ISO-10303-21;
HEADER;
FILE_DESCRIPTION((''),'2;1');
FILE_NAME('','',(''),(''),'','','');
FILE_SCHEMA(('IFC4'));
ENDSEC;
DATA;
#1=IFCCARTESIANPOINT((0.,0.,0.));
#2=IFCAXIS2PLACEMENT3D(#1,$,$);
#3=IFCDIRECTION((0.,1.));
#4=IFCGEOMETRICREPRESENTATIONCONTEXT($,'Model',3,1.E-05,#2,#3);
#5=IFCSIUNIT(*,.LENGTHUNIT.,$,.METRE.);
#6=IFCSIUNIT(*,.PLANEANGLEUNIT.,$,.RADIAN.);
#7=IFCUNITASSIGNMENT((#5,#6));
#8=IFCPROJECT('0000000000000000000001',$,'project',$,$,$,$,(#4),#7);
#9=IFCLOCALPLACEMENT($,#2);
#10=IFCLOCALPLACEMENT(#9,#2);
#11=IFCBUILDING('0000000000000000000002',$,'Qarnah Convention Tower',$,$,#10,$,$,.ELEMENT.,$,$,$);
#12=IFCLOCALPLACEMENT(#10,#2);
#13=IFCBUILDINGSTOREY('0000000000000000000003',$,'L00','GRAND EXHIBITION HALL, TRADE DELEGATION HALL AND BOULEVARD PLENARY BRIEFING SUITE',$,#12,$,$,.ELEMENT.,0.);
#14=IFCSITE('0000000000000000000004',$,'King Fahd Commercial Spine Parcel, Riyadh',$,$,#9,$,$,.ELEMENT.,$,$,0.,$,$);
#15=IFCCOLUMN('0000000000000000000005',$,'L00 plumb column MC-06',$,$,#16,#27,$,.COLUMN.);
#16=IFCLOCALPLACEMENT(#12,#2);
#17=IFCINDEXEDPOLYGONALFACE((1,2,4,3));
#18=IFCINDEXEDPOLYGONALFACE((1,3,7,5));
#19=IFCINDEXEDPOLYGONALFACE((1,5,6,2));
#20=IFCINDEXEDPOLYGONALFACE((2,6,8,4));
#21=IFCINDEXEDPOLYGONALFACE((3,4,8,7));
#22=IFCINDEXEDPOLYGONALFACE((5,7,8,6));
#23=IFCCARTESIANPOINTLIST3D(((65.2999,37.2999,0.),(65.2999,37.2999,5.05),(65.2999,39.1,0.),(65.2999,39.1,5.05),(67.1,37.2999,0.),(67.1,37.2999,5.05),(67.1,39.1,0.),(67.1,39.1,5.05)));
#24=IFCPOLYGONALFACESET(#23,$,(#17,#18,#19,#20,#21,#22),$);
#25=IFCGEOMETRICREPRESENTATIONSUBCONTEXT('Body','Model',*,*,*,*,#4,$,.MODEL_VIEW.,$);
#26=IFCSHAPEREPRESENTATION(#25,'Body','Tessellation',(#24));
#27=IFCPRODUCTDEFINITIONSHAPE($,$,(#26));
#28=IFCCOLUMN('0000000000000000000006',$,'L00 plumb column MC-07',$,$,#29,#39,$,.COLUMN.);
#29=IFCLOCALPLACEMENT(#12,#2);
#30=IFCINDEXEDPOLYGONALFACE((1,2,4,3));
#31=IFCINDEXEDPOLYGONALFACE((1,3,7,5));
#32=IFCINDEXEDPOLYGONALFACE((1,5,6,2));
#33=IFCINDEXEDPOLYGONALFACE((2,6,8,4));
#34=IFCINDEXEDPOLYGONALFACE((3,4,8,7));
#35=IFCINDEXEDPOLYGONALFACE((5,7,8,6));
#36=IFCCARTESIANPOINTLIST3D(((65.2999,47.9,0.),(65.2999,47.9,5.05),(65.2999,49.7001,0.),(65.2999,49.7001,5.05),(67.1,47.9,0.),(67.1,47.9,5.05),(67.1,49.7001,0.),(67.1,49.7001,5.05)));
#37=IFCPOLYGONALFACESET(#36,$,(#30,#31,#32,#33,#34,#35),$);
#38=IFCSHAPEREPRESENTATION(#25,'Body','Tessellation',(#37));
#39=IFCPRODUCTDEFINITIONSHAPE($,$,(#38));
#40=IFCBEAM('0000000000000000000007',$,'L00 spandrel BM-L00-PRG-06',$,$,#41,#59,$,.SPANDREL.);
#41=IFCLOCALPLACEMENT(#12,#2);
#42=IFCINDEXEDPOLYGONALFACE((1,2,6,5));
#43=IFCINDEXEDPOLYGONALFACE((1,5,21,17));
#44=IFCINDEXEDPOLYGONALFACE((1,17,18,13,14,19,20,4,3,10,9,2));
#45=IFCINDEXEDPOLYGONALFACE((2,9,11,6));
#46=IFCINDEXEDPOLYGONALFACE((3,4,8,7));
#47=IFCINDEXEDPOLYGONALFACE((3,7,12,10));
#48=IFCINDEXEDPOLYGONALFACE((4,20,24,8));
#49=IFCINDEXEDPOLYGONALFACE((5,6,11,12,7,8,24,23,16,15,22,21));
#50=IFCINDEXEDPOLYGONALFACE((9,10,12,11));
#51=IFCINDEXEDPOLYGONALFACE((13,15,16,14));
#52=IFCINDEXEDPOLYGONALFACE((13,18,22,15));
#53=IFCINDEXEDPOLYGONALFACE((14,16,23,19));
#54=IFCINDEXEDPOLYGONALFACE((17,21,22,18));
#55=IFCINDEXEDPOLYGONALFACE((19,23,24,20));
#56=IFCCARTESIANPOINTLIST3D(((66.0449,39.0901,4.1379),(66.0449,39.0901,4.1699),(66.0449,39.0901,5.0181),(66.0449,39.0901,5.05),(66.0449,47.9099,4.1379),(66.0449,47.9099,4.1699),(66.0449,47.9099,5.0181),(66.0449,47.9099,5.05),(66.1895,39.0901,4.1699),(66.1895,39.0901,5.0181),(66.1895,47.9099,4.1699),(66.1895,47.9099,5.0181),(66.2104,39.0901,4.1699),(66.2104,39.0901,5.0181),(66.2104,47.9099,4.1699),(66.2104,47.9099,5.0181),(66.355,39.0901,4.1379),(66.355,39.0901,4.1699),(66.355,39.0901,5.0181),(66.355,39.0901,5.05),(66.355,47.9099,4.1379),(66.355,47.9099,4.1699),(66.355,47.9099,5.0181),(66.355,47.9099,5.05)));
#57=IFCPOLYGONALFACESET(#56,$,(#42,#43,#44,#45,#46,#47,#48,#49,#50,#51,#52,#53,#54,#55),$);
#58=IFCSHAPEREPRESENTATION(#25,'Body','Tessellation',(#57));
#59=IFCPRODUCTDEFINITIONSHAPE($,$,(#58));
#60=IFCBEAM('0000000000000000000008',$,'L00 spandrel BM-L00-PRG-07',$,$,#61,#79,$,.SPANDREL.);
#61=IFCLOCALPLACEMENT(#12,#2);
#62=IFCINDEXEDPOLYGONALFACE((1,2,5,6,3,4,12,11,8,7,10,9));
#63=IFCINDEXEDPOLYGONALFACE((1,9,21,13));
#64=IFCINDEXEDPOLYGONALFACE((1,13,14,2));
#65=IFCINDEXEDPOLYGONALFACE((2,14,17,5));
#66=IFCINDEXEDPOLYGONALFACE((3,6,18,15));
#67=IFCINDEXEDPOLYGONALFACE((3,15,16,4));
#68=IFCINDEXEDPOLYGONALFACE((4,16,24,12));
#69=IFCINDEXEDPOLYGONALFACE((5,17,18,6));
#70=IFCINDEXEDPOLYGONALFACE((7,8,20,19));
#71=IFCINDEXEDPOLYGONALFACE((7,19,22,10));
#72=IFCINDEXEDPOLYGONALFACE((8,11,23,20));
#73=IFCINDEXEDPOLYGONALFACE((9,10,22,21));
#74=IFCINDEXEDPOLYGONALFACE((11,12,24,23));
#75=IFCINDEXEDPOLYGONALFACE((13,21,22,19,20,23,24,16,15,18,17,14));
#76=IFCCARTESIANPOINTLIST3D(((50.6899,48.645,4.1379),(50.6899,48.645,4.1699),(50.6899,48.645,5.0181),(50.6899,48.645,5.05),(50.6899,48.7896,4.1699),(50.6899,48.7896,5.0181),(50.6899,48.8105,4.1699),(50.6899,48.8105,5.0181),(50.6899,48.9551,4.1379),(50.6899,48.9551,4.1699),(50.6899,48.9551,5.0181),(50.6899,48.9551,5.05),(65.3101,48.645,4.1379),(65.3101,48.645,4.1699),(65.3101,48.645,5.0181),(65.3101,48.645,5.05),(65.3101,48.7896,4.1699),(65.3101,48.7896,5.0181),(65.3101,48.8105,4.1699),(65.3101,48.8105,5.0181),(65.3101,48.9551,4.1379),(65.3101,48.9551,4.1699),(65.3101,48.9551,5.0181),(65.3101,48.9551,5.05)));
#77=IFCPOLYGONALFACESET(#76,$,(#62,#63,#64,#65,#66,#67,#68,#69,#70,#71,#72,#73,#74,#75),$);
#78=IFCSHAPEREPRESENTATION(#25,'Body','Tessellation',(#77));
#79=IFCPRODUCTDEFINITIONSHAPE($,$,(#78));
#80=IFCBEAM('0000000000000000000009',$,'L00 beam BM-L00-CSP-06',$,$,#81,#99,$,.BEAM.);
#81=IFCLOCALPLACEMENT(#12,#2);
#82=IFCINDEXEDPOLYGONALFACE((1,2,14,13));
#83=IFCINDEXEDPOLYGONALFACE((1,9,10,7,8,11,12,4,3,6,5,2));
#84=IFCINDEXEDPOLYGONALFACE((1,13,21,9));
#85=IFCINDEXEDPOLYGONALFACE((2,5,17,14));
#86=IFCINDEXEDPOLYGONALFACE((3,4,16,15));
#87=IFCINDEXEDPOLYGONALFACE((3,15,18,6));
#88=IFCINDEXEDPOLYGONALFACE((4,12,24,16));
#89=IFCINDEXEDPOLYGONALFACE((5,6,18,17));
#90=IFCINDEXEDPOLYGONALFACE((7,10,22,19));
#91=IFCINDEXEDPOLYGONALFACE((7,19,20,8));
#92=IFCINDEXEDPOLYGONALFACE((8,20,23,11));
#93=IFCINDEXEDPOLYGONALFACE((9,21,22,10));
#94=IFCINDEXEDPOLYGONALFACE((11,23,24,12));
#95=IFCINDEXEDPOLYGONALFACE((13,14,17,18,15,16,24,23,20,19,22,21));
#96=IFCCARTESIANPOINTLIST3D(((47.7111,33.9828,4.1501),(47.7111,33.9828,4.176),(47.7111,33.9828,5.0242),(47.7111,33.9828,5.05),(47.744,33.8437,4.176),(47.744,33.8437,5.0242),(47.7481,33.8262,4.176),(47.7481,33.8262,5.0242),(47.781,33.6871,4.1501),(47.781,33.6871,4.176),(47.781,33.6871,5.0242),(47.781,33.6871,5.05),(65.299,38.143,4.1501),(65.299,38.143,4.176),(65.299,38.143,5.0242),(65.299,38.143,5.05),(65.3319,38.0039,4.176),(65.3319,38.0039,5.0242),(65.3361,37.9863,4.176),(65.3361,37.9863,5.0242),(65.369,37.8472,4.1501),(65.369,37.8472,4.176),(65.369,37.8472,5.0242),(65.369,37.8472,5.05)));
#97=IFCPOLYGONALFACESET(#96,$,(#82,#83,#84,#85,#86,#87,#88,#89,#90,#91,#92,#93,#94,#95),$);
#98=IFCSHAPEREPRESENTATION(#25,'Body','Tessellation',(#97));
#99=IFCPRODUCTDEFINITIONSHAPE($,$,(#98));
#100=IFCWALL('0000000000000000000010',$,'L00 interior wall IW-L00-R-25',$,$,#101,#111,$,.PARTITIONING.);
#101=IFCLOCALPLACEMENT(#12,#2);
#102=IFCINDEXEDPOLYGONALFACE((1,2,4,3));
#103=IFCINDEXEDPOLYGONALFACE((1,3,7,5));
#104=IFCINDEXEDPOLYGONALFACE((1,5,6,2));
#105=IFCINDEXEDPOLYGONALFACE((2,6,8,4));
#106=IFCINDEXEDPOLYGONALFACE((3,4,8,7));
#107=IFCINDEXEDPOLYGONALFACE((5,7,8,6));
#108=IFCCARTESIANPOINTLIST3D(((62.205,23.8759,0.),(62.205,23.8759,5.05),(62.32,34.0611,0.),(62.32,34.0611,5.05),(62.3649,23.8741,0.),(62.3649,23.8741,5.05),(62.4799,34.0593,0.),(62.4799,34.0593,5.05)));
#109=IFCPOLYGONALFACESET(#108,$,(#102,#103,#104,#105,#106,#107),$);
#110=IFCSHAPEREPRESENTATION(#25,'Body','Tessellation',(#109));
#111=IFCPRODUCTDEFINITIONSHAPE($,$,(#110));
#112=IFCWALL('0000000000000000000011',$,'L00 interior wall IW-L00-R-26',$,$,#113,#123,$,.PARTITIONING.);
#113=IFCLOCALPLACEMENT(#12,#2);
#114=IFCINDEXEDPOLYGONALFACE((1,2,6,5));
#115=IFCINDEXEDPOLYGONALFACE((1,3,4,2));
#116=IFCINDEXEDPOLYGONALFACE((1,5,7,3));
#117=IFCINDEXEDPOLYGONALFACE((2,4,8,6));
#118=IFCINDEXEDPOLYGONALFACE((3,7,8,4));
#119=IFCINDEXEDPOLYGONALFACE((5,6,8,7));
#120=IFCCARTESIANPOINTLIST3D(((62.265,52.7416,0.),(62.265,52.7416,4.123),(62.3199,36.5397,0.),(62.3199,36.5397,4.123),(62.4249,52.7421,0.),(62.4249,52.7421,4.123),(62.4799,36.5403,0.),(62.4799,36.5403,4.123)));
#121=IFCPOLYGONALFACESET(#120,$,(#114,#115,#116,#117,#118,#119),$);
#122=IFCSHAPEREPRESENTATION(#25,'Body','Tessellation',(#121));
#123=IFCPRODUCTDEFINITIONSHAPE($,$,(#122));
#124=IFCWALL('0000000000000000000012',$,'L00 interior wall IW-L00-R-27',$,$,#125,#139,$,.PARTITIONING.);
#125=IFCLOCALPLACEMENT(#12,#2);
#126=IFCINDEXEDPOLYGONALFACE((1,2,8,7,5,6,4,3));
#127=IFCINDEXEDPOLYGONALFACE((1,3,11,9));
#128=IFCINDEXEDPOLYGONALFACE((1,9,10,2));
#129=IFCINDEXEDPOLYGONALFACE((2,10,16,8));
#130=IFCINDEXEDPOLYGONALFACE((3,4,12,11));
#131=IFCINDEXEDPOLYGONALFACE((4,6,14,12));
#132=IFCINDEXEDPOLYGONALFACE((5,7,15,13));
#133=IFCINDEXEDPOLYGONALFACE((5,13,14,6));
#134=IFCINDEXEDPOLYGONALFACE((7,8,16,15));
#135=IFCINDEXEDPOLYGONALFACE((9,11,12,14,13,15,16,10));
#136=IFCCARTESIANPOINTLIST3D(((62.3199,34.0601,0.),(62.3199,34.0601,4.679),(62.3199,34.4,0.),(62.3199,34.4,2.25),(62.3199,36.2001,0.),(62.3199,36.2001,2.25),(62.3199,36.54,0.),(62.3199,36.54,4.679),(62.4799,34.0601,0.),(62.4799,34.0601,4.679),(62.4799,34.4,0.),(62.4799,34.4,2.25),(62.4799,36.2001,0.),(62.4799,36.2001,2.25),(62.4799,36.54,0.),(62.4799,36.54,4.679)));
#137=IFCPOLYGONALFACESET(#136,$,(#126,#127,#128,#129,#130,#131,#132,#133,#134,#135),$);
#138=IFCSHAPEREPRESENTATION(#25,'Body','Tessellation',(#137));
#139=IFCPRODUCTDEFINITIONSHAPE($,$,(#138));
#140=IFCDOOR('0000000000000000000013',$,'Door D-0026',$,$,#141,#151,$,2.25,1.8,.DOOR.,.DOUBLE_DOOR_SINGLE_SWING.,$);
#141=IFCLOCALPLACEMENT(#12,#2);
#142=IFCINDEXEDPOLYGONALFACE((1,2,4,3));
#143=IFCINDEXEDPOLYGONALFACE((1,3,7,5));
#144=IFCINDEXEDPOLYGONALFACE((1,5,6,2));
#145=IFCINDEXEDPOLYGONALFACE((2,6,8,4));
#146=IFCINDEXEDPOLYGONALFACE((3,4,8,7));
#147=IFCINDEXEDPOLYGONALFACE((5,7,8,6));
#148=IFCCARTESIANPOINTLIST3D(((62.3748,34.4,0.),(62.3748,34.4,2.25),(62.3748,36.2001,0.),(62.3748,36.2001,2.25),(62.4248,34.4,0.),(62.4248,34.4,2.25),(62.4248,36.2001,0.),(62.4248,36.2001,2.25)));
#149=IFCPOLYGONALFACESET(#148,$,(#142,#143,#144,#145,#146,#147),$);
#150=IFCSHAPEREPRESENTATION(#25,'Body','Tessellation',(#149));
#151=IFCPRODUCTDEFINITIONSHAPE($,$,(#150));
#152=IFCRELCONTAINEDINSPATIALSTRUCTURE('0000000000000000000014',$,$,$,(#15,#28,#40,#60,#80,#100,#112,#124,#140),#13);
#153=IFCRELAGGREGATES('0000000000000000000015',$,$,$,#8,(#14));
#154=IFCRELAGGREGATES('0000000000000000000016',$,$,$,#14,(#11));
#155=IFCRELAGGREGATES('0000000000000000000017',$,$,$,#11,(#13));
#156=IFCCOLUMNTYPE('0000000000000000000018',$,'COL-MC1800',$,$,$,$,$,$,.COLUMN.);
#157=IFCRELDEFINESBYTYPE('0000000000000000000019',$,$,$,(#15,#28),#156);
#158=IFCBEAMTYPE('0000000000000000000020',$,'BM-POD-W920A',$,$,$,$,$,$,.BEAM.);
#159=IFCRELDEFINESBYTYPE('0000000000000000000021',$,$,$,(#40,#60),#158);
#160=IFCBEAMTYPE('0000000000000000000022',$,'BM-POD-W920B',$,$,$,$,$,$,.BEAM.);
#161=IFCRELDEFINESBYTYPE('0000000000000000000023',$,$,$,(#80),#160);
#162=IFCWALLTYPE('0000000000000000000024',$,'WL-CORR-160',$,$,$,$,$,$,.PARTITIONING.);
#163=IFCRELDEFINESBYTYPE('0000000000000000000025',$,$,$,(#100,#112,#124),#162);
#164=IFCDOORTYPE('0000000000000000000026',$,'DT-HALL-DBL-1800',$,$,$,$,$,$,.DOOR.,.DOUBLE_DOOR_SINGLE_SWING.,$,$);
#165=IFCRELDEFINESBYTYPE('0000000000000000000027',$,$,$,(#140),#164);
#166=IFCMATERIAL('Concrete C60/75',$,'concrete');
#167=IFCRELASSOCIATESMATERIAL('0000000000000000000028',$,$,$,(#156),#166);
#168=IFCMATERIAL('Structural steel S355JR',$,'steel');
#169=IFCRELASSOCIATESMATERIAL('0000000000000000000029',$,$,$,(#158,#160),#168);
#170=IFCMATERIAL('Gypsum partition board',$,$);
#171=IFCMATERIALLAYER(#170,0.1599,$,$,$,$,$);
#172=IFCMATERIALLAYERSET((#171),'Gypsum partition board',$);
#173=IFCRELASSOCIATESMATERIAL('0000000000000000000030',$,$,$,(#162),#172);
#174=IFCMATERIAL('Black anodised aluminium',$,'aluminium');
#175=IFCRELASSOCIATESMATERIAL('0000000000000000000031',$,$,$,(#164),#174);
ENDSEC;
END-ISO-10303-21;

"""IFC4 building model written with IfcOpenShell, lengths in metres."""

from ifc_helpers import new_model, si_unit, direction, frame, frame_2d, origin, origin_2d, place, context, subcontext, project, spatial, rectangle, i_section, extrude, material, layer, layer_set, material_profile, profile_set, type_object, element, fill, save


model = new_model("IFC4")

# Units and contexts
model_context = context("Model", 3, precision=1e-05, world=origin(), true_north=direction((0.0, 1.0)))
body_context = subcontext(model_context, "Body", "Model", "MODEL_VIEW")
ifc_project = project(units=[si_unit("LENGTHUNIT", "METRE"), si_unit("PLANEANGLEUNIT", "RADIAN")], contexts=[model_context])

# Site, building, storey
site_placement = place(None, origin())
site = spatial("IfcSite", under=ifc_project, at=site_placement, Name="King Fahd Commercial Spine Parcel, Riyadh", CompositionType="ELEMENT", RefElevation=0.0)
building_placement = place(site_placement, origin())
building = spatial("IfcBuilding", under=site, at=building_placement, Name="Qarnah Convention Tower", CompositionType="ELEMENT")
storey_placement = place(building_placement, origin())
storey = spatial("IfcBuildingStorey", under=building, at=storey_placement, Name="L00", Description="GRAND EXHIBITION HALL, TRADE DELEGATION HALL AND BOULEVARD PLENARY BRIEFING SUITE", CompositionType="ELEMENT", Elevation=0.0)

# Columns
ifc_material_1 = material(Name="Concrete C60/75", Category="concrete")
ifc_material_profile_1 = material_profile(ifc_material_1, rectangle(XDim=1.8, YDim=1.8, at=origin_2d()), Name="RC-COL-1800X1800")
ifc_profile_set_1 = profile_set([ifc_material_profile_1], Name="Concrete C60/75")
column_type = type_object("IfcColumnType", Name="COL-MC1800", PredefinedType="COLUMN", material=ifc_profile_set_1)
for number, where, z_axis, x_axis, name in (
    (1, (66.2, 38.2, 0.0), (0.0, 0.0, 1.0), (1.0, 0.0, 0.0), "L00 plumb column MC-06"),
    (2, (66.2, 48.8, 0.0), (0.0, 0.0, 1.0), (1.0, 0.0, 0.0), "L00 plumb column MC-07"),
):
    element("IfcColumn", number, at=place(storey_placement, frame(where, z_axis=z_axis, x_axis=x_axis)), inside=storey, type_object=column_type, Name=name, PredefinedType="COLUMN", context=body_context, shape_type="SweptSolid", body=[
        extrude(rectangle(XDim=1.8, YDim=1.8, at=origin_2d()), origin(), (0.0, 0.0, 1.0), 5.05),
    ])

# Beams
ifc_material_2 = material(Name="Structural steel S355JR", Category="steel")
ifc_material_profile_2 = material_profile(ifc_material_2, i_section(OverallWidth=0.3101, OverallDepth=0.9121, WebThickness=0.021, FlangeThickness=0.032, at=origin_2d()), Name="W920X342")
ifc_profile_set_2 = profile_set([ifc_material_profile_2], Name="Structural steel S355JR")
beam_type_1 = type_object("IfcBeamType", Name="BM-POD-W920A", PredefinedType="BEAM", material=ifc_profile_set_2)
beam_1_placement = place(storey_placement, frame((66.2, 39.0901, 4.594), z_axis=(0.0, 1.0, 0.0), x_axis=(-1.0, 0.0, 0.0)))
element("IfcBeam", 3, at=beam_1_placement, inside=storey, type_object=beam_type_1, Name="L00 spandrel BM-L00-PRG-06", PredefinedType="SPANDREL", context=body_context, shape_type="SweptSolid", body=[
    extrude(i_section(OverallWidth=0.3101, OverallDepth=0.9121, WebThickness=0.021, FlangeThickness=0.032, at=origin_2d()), origin(), (0.0, 0.0, 1.0), 8.8198),
])
beam_2_placement = place(storey_placement, frame((65.3101, 48.8, 4.594), z_axis=(-1.0, 0.0, 0.0), x_axis=(0.0, -1.0, 0.0)))
element("IfcBeam", 4, at=beam_2_placement, inside=storey, type_object=beam_type_1, Name="L00 spandrel BM-L00-PRG-07", PredefinedType="SPANDREL", context=body_context, shape_type="SweptSolid", body=[
    extrude(i_section(OverallWidth=0.3101, OverallDepth=0.9121, WebThickness=0.021, FlangeThickness=0.032, at=origin_2d()), origin(), (0.0, 0.0, 1.0), 14.6201),
])
ifc_material_profile_3 = material_profile(ifc_material_2, i_section(OverallWidth=0.304, OverallDepth=0.8999, WebThickness=0.0181, FlangeThickness=0.0259, at=origin_2d()), Name="W920X271")
ifc_profile_set_3 = profile_set([ifc_material_profile_3], Name="Structural steel S355JR")
beam_type_2 = type_object("IfcBeamType", Name="BM-POD-W920B", PredefinedType="BEAM", material=ifc_profile_set_3)
beam_3_placement = place(storey_placement, frame((65.334, 37.9951, 4.6001), z_axis=(-0.973147, -0.230184, 0.0), x_axis=(0.230184, -0.973147, 0.0)))
element("IfcBeam", 5, at=beam_3_placement, inside=storey, type_object=beam_type_2, Name="L00 beam BM-L00-CSP-06", PredefinedType="BEAM", context=body_context, shape_type="SweptSolid", body=[
    extrude(i_section(OverallWidth=0.304, OverallDepth=0.8999, WebThickness=0.0181, FlangeThickness=0.0259, at=origin_2d()), origin(), (0.0, 0.0, 1.0), 18.0732),
])

# Walls
ifc_material_3 = material(Name="Gypsum partition board")
ifc_layer_1 = layer(ifc_material_3, 0.1599)
ifc_layer_set_1 = layer_set([ifc_layer_1], Name="Gypsum partition board")
wall_type_1 = type_object("IfcWallType", Name="WL-CORR-160", PredefinedType="PARTITIONING", material=ifc_layer_set_1)
wall_1_placement = place(storey_placement, frame((62.3999, 34.0601, 0.0), z_axis=(0.0, 0.0, 1.0), x_axis=(-0.011289, -0.999936, 0.0)))
element("IfcWall", 6, at=wall_1_placement, inside=storey, type_object=wall_type_1, Name="L00 interior wall IW-L00-R-25", PredefinedType="PARTITIONING", context=body_context, shape_type="SweptSolid", body=[
    extrude(rectangle(XDim=10.1858, YDim=0.1599, at=frame_2d((5.0928, 0.0))), origin(), (0.0, 0.0, 1.0), 5.05),
])
wall_2_placement = place(storey_placement, frame((62.345, 52.7419, 0.0), z_axis=(0.0, 0.0, 1.0), x_axis=(0.00339, -0.999994, 0.0)))
element("IfcWall", 7, at=wall_2_placement, inside=storey, type_object=wall_type_1, Name="L00 interior wall IW-L00-R-26", PredefinedType="PARTITIONING", context=body_context, shape_type="SweptSolid", body=[
    extrude(rectangle(XDim=16.2019, YDim=0.1599, at=frame_2d((8.1011, 0.0))), origin(), (0.0, 0.0, 1.0), 4.123),
])

# Wall, opening, door
wall_3_placement = place(storey_placement, frame((62.3999, 36.54, 0.0), z_axis=(0.0, 0.0, 1.0), x_axis=(0.0, -1.0, 0.0)))
wall_3 = element("IfcWall", 8, at=wall_3_placement, inside=storey, type_object=wall_type_1, Name="L00 interior wall IW-L00-R-27", PredefinedType="PARTITIONING", context=body_context, shape_type="SweptSolid", body=[
    extrude(rectangle(XDim=2.48, YDim=0.1599, at=frame_2d((1.24, 0.0))), origin(), (0.0, 0.0, 1.0), 4.679),
])
opening_1_placement = place(wall_3_placement, frame((0.3401, 0.0, 0.0)))
opening_1 = element("IfcOpeningElement", 9, at=opening_1_placement, cuts=wall_3, PredefinedType="OPENING", context=body_context, shape_type="SweptSolid", body=[
    extrude(rectangle(XDim=1.8, YDim=2.25, at=frame_2d((0.8999, 1.125))), frame((0.0, 0.0898, 0.0), z_axis=(0.0, -1.0, 0.0), x_axis=(1.0, 0.0, 0.0)), (0.0, 0.0, 1.0), 0.1799),
])
ifc_material_4 = material(Name="Black anodised aluminium", Category="aluminium")
door_type_1 = type_object("IfcDoorType", Name="DT-HALL-DBL-1800", OperationType="DOUBLE_DOOR_SINGLE_SWING", PredefinedType="DOOR", material=ifc_material_4)
door_1_placement = place(opening_1_placement, origin())
door_1 = element("IfcDoor", 10, at=door_1_placement, inside=storey, type_object=door_type_1, Name="Door D-0026", OperationType="DOUBLE_DOOR_SINGLE_SWING", OverallHeight=2.25, OverallWidth=1.8, PredefinedType="DOOR", context=body_context, shape_type="SweptSolid", body=[
    extrude(rectangle(XDim=1.8, YDim=2.25, at=frame_2d((0.8999, 1.125))), frame((0.0, 0.0249, 0.0), z_axis=(0.0, -1.0, 0.0), x_axis=(1.0, 0.0, 0.0)), (0.0, 0.0, 1.0), 0.05),
])
fill(opening_1, door_1)

save(model, "model.ifc")
